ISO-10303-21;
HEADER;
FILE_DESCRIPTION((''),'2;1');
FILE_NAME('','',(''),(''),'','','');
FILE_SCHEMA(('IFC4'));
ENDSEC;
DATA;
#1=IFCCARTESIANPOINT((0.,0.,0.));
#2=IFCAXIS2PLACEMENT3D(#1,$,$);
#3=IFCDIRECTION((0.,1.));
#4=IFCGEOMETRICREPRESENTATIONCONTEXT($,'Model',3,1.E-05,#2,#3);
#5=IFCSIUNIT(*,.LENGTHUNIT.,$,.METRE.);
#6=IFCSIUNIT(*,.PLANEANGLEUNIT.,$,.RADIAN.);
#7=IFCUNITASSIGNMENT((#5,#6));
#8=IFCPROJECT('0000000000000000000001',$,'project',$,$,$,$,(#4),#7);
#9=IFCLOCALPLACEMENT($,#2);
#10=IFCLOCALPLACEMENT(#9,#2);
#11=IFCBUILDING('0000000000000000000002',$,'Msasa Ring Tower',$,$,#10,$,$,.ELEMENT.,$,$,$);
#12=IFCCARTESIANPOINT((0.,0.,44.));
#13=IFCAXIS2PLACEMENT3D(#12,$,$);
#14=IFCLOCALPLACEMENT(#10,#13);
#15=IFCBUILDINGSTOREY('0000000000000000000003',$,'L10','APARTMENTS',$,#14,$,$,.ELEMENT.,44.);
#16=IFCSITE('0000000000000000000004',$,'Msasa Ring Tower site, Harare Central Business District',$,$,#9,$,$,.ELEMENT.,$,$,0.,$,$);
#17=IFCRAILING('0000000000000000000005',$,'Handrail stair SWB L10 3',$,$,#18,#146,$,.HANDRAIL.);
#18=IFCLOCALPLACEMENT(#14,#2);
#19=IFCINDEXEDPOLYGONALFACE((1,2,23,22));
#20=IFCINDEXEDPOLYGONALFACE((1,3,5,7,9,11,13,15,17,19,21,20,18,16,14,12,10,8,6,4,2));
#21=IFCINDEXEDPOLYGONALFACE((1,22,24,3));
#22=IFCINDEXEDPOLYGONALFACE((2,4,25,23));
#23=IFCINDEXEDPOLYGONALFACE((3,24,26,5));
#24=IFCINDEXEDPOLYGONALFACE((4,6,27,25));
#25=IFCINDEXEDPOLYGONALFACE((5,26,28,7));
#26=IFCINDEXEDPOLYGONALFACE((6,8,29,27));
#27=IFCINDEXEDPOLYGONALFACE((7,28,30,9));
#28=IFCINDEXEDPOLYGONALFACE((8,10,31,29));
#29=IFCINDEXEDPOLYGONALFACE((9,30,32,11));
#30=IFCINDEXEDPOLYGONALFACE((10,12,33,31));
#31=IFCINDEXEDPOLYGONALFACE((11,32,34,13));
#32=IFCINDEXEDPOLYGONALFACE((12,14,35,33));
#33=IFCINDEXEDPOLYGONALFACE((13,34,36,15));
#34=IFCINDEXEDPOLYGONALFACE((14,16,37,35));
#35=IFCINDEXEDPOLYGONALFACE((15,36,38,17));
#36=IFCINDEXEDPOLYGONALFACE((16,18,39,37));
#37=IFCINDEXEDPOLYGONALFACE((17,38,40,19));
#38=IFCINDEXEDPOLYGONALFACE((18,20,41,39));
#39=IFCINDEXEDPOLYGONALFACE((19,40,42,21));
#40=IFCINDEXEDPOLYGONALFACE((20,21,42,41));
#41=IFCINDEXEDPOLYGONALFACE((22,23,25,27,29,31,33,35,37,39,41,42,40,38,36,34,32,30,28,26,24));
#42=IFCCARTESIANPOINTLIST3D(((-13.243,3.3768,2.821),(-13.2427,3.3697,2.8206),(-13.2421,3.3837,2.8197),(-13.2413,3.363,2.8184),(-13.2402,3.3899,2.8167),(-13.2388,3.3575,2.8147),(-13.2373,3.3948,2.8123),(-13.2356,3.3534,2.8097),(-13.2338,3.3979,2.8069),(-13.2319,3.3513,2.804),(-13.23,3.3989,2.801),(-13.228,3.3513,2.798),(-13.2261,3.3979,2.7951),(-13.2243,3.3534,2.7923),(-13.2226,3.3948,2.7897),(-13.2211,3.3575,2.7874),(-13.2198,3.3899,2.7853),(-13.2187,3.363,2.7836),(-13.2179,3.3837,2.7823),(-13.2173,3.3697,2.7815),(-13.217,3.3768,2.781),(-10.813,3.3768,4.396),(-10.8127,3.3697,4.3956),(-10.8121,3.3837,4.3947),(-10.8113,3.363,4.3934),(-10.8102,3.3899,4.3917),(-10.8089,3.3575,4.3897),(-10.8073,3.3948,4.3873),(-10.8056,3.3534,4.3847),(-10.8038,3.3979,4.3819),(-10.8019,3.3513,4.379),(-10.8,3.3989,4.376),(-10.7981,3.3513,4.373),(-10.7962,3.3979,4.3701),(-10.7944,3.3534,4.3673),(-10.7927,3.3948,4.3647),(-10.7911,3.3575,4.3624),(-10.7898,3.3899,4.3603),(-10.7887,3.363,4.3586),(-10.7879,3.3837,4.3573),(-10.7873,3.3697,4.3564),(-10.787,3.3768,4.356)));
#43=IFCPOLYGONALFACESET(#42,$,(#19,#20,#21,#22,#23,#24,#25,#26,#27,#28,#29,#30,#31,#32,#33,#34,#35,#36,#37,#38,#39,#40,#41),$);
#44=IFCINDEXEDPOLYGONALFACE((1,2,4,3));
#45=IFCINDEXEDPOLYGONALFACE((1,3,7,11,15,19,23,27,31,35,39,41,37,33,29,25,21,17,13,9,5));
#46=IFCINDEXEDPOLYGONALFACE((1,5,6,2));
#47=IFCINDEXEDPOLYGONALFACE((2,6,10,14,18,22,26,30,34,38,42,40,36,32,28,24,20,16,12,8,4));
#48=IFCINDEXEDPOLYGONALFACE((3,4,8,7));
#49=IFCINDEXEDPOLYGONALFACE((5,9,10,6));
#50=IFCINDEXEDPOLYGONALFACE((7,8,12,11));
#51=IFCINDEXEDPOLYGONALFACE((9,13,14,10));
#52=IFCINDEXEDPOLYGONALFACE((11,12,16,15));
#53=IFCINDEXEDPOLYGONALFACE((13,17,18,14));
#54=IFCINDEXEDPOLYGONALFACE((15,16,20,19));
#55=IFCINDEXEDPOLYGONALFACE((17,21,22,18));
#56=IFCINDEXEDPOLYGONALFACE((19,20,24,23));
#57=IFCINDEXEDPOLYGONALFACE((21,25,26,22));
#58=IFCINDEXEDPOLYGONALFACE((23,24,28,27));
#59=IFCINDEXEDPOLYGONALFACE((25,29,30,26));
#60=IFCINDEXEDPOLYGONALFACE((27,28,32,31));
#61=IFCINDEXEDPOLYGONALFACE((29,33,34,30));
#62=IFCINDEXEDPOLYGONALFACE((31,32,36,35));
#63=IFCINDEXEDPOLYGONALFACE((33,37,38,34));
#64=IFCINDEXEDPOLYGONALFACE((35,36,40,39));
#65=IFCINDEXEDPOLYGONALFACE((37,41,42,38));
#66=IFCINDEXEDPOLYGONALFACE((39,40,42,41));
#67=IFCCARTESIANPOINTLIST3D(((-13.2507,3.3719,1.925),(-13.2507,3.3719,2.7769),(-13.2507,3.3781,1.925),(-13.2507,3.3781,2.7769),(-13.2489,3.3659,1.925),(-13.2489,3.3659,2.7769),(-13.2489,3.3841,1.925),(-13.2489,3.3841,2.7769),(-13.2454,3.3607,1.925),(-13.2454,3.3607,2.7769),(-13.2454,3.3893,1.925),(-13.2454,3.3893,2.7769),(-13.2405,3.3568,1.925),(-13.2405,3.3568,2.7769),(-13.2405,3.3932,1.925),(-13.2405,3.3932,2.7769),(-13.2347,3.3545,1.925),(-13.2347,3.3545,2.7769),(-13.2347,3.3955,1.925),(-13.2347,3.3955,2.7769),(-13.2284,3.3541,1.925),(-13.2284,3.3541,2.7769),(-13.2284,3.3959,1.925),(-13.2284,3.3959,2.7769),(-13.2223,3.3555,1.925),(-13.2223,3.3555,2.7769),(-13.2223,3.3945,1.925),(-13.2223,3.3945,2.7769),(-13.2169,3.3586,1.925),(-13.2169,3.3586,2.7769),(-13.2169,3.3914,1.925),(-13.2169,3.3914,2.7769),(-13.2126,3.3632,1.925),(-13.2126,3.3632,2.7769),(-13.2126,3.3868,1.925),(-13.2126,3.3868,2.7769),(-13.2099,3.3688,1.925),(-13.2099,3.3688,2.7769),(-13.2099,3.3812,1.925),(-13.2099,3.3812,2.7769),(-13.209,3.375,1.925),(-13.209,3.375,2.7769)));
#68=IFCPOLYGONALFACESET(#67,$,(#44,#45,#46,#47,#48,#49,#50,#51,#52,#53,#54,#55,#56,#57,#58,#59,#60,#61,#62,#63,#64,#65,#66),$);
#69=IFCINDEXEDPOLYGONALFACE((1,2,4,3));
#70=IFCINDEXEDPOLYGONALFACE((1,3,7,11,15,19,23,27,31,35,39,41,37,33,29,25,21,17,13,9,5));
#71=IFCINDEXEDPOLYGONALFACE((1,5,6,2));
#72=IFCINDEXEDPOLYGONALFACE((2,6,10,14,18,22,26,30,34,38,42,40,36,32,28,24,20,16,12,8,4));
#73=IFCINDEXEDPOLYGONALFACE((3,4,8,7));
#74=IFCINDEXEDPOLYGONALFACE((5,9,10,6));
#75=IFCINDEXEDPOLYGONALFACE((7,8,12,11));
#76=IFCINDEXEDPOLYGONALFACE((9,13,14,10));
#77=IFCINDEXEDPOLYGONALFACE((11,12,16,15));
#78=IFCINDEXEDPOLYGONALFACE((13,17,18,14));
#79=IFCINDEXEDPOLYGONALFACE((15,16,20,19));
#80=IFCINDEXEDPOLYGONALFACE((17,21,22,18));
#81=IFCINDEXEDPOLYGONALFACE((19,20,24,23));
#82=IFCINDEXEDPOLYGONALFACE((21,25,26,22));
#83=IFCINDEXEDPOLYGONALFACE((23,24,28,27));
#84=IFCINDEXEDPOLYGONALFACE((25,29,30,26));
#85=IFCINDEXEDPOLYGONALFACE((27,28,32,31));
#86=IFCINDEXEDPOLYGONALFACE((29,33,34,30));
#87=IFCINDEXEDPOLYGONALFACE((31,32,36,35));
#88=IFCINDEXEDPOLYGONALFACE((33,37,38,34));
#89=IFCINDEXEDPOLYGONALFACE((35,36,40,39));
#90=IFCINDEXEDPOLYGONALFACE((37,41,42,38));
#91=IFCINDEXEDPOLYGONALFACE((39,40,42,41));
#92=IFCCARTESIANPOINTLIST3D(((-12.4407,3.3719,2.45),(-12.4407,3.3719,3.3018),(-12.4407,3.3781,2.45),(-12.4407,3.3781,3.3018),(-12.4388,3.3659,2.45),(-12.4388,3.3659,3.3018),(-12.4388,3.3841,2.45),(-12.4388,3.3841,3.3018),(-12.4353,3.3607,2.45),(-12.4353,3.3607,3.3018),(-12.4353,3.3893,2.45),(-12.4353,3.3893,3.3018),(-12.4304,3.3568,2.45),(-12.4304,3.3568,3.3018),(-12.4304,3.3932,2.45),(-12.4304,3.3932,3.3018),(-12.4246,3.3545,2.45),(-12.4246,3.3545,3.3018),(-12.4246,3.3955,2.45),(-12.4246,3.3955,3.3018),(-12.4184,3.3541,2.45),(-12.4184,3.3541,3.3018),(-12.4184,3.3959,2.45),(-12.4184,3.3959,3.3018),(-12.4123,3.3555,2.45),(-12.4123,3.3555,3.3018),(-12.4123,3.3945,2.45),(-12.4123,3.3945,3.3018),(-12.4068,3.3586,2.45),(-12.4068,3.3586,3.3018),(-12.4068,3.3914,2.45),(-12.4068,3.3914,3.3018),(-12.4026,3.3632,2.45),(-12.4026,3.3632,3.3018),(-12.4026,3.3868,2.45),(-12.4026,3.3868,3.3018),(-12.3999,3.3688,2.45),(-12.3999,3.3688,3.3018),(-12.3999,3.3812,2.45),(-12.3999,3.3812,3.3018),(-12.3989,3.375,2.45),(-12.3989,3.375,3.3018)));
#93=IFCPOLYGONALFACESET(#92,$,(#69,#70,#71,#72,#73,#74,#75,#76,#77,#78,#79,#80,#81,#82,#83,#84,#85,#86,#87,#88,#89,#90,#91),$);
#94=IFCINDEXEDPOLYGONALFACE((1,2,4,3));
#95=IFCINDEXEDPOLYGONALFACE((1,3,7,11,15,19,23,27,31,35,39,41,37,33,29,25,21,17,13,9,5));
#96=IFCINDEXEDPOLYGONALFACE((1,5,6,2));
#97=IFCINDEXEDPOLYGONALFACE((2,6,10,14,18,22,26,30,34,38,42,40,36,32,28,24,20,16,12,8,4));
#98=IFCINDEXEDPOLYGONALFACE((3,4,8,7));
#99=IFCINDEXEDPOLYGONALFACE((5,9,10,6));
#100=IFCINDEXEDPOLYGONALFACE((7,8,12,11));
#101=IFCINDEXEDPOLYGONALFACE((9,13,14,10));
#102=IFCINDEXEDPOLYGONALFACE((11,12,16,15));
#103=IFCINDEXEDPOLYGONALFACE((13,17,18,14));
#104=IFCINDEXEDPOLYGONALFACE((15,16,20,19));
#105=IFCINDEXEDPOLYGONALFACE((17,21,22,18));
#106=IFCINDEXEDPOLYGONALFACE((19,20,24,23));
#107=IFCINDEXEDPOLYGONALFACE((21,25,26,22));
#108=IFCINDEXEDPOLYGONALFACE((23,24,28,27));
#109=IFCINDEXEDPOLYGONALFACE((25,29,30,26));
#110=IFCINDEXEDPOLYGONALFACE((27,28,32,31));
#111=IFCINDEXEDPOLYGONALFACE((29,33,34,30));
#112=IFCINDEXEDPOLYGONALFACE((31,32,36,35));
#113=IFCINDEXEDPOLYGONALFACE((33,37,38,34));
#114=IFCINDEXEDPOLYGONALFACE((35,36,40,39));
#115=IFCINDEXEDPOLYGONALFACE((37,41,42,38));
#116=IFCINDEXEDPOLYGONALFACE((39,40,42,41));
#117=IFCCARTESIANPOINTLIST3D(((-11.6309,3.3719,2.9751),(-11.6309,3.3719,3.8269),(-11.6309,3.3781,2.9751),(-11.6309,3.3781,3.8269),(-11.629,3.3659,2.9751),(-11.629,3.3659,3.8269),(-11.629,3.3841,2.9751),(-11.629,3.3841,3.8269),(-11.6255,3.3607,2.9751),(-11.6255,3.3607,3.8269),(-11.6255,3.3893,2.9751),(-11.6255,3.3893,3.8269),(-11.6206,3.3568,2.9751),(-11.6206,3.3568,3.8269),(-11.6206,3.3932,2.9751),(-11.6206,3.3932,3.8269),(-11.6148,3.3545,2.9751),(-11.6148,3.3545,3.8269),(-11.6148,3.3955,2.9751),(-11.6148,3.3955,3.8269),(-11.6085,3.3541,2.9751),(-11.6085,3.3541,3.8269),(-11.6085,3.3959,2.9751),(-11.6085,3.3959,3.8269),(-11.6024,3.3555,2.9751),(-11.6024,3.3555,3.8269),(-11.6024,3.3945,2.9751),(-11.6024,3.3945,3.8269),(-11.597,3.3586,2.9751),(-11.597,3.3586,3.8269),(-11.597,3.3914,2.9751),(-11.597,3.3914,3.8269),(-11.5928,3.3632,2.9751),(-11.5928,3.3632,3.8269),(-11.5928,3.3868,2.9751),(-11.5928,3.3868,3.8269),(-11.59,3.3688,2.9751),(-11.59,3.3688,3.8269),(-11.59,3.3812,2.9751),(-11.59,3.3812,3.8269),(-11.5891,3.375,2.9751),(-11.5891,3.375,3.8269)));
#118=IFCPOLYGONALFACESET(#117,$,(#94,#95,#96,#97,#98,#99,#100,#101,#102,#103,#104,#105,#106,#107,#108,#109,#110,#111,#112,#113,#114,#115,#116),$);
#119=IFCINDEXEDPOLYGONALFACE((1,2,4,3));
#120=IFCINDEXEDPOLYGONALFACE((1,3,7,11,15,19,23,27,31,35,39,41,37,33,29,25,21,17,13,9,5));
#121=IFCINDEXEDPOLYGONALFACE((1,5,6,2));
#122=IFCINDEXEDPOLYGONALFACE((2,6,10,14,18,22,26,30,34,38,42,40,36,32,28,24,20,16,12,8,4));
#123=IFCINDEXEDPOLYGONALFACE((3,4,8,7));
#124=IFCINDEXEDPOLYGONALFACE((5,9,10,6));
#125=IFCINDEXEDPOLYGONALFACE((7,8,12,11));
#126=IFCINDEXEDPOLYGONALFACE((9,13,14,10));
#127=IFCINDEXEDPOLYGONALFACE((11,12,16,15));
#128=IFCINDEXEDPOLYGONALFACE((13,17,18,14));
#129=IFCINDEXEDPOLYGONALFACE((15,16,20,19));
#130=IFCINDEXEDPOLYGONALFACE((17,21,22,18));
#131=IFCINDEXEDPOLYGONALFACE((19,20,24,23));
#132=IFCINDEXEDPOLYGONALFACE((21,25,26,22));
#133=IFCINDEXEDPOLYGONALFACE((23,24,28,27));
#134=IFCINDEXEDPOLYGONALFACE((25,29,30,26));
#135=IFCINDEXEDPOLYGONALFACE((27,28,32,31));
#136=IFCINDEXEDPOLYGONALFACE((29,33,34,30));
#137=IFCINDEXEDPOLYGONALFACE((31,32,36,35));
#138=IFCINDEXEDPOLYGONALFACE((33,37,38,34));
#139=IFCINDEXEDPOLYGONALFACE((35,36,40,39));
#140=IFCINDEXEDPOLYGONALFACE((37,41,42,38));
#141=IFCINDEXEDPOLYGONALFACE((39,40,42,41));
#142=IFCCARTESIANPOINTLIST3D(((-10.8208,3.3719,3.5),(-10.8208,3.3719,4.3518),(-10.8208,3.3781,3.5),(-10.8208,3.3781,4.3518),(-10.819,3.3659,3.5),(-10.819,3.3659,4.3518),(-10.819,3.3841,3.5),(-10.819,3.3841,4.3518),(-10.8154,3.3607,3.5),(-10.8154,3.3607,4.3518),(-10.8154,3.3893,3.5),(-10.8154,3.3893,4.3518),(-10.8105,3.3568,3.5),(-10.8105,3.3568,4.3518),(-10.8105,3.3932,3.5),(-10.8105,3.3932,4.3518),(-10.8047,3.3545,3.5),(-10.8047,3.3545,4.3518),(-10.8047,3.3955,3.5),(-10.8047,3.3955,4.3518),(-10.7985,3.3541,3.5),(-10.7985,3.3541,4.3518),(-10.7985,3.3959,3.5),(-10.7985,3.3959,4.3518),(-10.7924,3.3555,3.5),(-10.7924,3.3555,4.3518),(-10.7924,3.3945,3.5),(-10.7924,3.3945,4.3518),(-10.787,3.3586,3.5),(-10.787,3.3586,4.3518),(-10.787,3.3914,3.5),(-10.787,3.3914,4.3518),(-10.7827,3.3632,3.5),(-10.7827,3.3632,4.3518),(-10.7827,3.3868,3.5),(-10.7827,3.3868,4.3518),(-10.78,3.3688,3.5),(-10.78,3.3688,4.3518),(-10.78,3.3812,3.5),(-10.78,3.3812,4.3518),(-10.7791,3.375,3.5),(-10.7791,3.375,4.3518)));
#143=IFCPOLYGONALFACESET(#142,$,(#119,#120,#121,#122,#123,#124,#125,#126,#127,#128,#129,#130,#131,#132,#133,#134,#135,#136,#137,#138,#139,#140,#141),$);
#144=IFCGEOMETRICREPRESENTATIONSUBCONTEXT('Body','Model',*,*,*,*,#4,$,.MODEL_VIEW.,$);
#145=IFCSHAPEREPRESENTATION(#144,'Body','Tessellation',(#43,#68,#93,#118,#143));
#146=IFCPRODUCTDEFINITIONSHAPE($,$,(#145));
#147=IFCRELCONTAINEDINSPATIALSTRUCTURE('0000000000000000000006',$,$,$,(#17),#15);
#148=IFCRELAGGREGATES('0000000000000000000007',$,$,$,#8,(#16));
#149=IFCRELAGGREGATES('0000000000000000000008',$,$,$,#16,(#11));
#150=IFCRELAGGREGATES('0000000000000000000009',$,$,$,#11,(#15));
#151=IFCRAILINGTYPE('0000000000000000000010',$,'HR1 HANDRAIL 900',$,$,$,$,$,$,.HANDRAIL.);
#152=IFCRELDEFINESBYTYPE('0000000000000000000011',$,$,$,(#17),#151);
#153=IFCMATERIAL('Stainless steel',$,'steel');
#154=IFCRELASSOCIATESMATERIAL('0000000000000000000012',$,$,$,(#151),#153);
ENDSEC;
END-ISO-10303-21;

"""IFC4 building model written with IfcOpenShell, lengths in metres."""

from ifc_helpers import new_model, si_unit, direction, frame, origin, origin_2d, place, context, subcontext, project, spatial, circle, extrude, material, type_object, element, save


model = new_model("IFC4")

# Units and contexts
model_context = context("Model", 3, precision=1e-05, world=origin(), true_north=direction((0.0, 1.0)))
body_context = subcontext(model_context, "Body", "Model", "MODEL_VIEW")
ifc_project = project(units=[si_unit("LENGTHUNIT", "METRE"), si_unit("PLANEANGLEUNIT", "RADIAN")], contexts=[model_context])

# Site, building, storey
site_placement = place(None, origin())
site = spatial("IfcSite", under=ifc_project, at=site_placement, Name="Msasa Ring Tower site, Harare Central Business District", CompositionType="ELEMENT", RefElevation=0.0)
building_placement = place(site_placement, origin())
building = spatial("IfcBuilding", under=site, at=building_placement, Name="Msasa Ring Tower", CompositionType="ELEMENT")
storey_placement = place(building_placement, frame((0.0, 0.0, 44.0)))
storey = spatial("IfcBuildingStorey", under=building, at=storey_placement, Name="L10", Description="APARTMENTS", CompositionType="ELEMENT", Elevation=44.0)

# Railing
ifc_material_1 = material(Name="Stainless steel", Category="steel")
railing_type = type_object("IfcRailingType", Name="HR1 HANDRAIL 900", PredefinedType="HANDRAIL", material=ifc_material_1)
for number, where, name in (
    (1, (-13.23, 3.375, 1.925), "Handrail stair SWB L10 3"),
):
    element("IfcRailing", number, at=place(storey_placement, frame(where)), inside=storey, type_object=railing_type, Name=name, PredefinedType="HANDRAIL", context=body_context, shape_type="SweptSolid", body=[
        extrude(circle(Radius=0.0239, at=origin_2d()), frame((0.0, 0.0, 0.876), z_axis=(0.839154, 0.0, 0.543894), x_axis=(0.0, 1.0, 0.0)), (0.0, 0.0, 1.0), 2.8958),
        extrude(circle(Radius=0.021, at=origin_2d()), origin(), (0.0, 0.0, 1.0), 0.8518),
        extrude(circle(Radius=0.021, at=origin_2d()), frame((0.8101, 0.0, 0.5249)), (0.0, 0.0, 1.0), 0.8518),
        extrude(circle(Radius=0.021, at=origin_2d()), frame((1.6199, 0.0, 1.05)), (0.0, 0.0, 1.0), 0.8518),
        extrude(circle(Radius=0.021, at=origin_2d()), frame((2.4299, 0.0, 1.575)), (0.0, 0.0, 1.0), 0.8518),
    ])

save(model, "model.ifc")
